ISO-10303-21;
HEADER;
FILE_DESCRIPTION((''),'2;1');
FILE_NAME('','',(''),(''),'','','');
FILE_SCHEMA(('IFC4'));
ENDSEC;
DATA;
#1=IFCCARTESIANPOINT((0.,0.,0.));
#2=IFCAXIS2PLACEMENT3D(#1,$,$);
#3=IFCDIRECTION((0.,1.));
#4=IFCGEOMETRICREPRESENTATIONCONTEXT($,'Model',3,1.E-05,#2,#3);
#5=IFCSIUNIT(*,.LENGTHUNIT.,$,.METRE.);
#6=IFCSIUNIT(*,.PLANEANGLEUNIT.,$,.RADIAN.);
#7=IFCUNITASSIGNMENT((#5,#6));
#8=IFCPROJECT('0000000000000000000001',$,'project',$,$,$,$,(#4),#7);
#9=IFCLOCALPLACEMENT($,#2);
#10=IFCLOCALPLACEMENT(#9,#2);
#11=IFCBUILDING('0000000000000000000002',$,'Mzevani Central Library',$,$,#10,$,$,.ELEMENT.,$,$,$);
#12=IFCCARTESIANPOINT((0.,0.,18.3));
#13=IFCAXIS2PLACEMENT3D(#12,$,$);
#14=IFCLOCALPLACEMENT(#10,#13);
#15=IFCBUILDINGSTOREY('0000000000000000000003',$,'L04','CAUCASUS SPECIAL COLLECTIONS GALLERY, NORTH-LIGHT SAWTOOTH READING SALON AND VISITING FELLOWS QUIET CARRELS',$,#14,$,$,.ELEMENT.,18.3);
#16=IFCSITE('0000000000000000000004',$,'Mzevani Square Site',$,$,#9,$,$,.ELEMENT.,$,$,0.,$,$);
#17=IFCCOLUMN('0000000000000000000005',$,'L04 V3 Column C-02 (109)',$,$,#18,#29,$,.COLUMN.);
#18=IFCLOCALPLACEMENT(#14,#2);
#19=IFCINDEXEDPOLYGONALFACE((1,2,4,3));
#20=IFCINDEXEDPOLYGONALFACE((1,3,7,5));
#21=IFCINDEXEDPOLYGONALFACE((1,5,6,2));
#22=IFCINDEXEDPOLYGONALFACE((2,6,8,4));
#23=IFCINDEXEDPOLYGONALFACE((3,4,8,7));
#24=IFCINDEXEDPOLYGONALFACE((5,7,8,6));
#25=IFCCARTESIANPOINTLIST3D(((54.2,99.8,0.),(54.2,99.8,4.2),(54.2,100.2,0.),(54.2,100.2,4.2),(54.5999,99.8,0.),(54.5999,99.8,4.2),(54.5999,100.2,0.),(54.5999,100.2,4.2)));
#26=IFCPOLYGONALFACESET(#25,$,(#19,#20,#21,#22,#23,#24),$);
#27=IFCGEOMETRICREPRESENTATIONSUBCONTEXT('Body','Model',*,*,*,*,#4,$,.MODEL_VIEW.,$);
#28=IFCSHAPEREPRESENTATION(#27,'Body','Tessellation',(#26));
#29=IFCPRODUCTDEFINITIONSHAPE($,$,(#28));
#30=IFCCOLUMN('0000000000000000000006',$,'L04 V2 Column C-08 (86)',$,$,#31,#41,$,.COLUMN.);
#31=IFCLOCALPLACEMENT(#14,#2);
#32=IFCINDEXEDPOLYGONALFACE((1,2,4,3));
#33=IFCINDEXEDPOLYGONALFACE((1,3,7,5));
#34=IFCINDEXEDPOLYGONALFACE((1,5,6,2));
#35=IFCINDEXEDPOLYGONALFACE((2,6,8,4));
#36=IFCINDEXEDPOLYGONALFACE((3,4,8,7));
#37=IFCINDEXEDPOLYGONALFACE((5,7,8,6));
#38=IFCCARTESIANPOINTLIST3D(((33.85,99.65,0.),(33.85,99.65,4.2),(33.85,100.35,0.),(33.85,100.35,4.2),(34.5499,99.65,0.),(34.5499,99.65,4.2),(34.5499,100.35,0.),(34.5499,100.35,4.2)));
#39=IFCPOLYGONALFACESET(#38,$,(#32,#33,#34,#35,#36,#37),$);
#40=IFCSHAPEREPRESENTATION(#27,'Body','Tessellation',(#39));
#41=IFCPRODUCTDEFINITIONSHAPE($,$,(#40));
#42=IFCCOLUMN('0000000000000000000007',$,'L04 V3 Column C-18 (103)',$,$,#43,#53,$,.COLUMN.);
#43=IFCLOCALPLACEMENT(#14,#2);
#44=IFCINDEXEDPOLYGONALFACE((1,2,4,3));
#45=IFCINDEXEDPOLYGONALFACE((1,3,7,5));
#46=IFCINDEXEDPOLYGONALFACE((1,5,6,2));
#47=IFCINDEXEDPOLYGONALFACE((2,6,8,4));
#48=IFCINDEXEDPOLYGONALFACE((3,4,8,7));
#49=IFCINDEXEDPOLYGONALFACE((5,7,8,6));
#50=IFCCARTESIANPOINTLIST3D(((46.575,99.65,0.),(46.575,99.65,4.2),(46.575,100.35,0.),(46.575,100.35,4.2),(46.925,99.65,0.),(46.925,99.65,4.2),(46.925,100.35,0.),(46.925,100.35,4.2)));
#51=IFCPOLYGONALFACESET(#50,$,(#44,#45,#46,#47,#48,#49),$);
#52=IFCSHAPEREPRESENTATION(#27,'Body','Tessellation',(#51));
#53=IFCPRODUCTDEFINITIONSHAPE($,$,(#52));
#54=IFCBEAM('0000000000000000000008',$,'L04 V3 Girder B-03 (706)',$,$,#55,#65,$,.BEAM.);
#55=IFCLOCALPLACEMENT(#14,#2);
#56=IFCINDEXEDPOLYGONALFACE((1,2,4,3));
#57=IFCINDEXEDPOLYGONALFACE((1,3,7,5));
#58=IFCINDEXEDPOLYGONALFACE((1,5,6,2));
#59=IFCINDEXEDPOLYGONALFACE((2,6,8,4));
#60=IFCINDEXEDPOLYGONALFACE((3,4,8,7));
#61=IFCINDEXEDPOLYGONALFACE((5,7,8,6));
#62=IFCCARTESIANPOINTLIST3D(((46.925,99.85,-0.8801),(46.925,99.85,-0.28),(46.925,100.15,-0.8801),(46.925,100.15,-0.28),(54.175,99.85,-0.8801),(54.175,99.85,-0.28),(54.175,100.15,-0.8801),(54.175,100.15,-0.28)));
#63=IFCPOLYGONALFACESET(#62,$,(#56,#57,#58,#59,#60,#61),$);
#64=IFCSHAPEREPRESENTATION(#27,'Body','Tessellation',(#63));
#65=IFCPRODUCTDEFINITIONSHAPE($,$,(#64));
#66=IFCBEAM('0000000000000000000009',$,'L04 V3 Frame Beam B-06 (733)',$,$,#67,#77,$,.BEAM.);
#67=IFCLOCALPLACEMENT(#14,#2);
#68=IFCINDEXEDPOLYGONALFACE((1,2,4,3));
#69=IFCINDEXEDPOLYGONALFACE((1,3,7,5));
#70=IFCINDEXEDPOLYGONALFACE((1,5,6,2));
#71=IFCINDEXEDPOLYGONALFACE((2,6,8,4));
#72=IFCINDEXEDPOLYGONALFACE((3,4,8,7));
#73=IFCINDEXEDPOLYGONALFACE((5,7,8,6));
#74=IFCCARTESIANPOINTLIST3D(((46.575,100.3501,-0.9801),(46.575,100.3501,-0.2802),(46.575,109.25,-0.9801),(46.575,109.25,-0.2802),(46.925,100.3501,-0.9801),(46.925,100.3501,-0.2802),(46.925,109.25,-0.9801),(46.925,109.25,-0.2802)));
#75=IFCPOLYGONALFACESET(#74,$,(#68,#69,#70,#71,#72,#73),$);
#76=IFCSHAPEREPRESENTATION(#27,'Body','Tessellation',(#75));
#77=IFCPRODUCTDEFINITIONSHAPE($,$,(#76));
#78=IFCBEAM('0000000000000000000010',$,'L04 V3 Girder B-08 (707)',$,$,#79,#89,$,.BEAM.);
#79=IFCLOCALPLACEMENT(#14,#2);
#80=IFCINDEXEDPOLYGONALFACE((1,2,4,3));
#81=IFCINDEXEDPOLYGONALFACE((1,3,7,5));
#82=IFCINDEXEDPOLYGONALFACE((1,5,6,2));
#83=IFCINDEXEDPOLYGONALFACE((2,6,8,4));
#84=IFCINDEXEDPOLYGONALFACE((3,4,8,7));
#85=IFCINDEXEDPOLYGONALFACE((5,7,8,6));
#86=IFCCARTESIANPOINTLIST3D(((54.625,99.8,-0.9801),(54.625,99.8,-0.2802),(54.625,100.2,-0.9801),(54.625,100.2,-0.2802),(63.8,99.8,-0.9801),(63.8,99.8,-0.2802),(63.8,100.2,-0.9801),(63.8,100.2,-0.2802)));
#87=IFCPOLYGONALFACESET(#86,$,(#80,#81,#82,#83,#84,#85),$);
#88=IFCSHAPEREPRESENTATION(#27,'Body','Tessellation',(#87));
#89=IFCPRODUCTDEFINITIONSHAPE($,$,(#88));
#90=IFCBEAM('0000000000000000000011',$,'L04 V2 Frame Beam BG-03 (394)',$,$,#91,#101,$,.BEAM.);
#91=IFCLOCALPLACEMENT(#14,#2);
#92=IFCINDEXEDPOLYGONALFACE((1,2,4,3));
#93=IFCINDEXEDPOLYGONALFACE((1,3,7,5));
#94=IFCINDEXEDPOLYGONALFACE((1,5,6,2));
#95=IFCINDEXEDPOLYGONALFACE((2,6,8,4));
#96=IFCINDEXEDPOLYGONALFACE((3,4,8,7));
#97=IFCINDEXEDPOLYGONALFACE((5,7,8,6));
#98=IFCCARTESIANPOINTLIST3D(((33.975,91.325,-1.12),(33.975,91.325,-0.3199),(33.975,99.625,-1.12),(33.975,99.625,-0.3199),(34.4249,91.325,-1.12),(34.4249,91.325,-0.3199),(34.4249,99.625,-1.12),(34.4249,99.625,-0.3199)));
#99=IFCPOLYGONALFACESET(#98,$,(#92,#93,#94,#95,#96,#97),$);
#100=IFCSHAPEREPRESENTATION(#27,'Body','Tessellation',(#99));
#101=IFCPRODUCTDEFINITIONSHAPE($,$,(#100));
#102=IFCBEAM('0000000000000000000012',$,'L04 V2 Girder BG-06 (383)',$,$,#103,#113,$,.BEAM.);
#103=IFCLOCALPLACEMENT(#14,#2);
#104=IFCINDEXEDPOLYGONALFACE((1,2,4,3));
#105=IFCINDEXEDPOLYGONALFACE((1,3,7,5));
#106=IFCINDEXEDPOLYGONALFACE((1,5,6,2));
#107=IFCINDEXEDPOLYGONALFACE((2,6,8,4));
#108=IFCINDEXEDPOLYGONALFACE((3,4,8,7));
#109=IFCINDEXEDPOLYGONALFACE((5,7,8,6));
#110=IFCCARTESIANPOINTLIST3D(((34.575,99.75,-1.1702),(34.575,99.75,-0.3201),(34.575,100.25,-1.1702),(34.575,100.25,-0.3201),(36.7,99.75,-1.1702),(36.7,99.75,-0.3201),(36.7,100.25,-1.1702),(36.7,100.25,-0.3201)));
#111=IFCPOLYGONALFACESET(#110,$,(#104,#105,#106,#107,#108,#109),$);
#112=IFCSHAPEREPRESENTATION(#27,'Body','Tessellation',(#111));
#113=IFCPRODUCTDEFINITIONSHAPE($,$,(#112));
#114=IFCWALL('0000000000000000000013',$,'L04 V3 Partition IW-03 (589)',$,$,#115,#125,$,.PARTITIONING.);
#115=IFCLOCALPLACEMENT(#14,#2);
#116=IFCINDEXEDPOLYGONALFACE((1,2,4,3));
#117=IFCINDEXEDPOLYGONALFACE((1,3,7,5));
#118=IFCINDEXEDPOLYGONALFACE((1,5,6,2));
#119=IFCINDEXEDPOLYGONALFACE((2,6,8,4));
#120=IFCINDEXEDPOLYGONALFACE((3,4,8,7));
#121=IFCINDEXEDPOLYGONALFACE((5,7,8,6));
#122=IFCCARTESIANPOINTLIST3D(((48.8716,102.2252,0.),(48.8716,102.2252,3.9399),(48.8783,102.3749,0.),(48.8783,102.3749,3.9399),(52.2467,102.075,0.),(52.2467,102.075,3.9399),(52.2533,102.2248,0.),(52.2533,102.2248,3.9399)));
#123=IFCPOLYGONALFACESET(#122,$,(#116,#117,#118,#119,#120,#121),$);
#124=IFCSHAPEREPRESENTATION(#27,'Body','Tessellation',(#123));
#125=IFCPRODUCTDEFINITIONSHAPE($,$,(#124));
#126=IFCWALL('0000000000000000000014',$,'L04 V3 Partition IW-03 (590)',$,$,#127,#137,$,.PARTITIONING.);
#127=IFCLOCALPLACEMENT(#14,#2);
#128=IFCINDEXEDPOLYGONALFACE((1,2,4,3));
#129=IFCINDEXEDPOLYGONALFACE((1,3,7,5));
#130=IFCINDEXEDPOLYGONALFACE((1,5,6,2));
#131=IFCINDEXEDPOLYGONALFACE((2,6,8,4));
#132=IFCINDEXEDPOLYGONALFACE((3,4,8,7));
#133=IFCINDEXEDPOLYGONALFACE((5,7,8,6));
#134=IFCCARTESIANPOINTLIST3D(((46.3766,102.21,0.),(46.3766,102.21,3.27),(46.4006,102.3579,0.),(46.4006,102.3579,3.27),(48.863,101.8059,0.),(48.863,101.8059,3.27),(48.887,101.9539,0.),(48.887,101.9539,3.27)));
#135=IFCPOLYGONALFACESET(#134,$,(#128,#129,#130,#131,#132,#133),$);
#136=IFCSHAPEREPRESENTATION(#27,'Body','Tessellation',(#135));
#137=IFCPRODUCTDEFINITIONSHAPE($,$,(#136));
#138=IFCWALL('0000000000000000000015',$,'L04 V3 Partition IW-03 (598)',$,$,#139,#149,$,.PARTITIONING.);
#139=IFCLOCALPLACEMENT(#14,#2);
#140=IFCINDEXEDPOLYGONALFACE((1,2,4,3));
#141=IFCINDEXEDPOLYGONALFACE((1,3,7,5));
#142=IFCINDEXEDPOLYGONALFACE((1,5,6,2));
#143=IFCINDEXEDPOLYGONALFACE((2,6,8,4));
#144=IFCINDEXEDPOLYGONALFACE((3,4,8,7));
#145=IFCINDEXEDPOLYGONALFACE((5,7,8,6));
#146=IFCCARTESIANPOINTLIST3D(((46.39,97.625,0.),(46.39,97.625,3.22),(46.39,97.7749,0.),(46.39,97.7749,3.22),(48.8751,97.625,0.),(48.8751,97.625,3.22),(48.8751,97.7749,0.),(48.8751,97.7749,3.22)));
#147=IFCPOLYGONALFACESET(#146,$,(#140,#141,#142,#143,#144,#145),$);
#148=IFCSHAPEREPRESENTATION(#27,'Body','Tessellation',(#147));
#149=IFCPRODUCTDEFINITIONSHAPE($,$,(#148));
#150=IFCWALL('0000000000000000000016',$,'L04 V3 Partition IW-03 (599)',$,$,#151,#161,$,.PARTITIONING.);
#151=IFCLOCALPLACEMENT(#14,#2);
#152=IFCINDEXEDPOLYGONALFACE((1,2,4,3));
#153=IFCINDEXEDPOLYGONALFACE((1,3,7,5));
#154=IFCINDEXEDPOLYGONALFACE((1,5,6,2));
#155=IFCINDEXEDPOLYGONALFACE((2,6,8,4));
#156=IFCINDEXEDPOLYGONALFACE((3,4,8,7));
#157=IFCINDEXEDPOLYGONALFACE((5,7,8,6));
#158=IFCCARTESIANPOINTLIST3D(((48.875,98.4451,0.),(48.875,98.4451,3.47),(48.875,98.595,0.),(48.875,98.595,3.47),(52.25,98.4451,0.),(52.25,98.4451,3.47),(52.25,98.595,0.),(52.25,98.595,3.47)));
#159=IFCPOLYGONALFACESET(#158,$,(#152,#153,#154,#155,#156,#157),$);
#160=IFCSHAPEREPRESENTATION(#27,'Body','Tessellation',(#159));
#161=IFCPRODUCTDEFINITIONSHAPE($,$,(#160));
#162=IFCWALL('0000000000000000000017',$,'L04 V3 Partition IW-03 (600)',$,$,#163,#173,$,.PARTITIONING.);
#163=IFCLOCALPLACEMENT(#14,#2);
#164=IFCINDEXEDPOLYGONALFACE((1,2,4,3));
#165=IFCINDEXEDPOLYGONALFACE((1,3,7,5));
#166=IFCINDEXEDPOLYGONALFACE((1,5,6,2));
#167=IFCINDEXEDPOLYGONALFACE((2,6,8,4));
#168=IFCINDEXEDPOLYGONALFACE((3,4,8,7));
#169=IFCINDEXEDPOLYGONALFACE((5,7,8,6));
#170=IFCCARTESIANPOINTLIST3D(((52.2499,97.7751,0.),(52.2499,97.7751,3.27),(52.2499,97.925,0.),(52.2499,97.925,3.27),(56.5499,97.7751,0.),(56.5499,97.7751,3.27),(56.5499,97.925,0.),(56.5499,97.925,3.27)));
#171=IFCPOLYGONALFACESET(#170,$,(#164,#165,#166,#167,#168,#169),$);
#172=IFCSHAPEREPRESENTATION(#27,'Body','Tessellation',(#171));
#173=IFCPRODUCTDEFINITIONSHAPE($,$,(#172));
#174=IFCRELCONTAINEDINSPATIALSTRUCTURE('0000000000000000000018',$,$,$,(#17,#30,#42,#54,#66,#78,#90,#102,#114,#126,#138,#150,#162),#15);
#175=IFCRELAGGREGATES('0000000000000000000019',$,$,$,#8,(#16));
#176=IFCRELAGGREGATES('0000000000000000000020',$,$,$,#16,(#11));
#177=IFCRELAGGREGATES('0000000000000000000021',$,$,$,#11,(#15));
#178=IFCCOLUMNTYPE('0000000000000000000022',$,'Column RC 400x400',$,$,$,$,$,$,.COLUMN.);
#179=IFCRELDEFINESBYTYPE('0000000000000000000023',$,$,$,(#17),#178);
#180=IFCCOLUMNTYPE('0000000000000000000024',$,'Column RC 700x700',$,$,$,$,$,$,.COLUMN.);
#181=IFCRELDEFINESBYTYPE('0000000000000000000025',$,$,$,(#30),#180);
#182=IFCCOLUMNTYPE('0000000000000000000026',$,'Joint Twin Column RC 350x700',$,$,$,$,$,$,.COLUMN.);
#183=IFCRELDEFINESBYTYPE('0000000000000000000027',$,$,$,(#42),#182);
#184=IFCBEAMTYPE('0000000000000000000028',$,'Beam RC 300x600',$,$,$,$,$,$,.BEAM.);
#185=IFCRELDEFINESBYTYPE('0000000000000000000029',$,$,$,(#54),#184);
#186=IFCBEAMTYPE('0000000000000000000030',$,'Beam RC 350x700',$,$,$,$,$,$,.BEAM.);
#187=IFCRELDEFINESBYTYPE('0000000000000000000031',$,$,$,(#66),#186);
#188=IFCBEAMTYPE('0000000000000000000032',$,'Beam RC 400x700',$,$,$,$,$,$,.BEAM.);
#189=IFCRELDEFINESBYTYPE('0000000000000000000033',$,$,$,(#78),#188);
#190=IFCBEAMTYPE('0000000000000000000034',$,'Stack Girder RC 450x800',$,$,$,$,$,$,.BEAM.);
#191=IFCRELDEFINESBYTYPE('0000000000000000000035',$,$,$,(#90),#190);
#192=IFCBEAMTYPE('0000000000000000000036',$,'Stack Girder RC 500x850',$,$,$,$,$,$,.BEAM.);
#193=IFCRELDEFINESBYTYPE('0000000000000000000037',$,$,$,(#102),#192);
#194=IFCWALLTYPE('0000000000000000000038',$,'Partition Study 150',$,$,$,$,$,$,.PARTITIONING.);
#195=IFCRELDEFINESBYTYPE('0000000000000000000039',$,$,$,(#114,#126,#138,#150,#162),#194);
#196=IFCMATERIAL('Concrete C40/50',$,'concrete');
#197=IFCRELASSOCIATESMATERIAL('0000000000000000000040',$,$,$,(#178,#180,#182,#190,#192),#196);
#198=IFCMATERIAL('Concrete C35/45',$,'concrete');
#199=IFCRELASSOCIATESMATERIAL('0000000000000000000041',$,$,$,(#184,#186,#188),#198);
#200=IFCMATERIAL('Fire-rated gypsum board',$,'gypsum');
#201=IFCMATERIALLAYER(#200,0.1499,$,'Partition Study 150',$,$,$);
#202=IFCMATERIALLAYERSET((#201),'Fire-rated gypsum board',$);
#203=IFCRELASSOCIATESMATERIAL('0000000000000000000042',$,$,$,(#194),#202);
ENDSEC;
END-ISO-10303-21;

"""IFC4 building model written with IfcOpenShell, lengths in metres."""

from ifc_helpers import new_model, si_unit, direction, frame, frame_2d, origin, origin_2d, place, context, subcontext, project, spatial, rectangle, extrude, material, layer, layer_set, material_profile, profile_set, type_object, element, save


model = new_model("IFC4")

# Units and contexts
model_context = context("Model", 3, precision=1e-05, world=origin(), true_north=direction((0.0, 1.0)))
body_context = subcontext(model_context, "Body", "Model", "MODEL_VIEW")
ifc_project = project(units=[si_unit("LENGTHUNIT", "METRE"), si_unit("PLANEANGLEUNIT", "RADIAN")], contexts=[model_context])

# Site, building, storey
site_placement = place(None, origin())
site = spatial("IfcSite", under=ifc_project, at=site_placement, Name="Mzevani Square Site", CompositionType="ELEMENT", RefElevation=0.0)
building_placement = place(site_placement, origin())
building = spatial("IfcBuilding", under=site, at=building_placement, Name="Mzevani Central Library", CompositionType="ELEMENT")
storey_placement = place(building_placement, frame((0.0, 0.0, 18.3)))
storey = spatial("IfcBuildingStorey", under=building, at=storey_placement, Name="L04", Description="CAUCASUS SPECIAL COLLECTIONS GALLERY, NORTH-LIGHT SAWTOOTH READING SALON AND VISITING FELLOWS QUIET CARRELS", CompositionType="ELEMENT", Elevation=18.3)

# Columns
ifc_material_1 = material(Name="Concrete C40/50", Category="concrete")
ifc_material_profile_1 = material_profile(ifc_material_1, rectangle(XDim=0.3999, YDim=0.3999, at=origin_2d()), Name="RC 400x400")
ifc_profile_set_1 = profile_set([ifc_material_profile_1], Name="Concrete C40/50")
column_type_1 = type_object("IfcColumnType", Name="Column RC 400x400", PredefinedType="COLUMN", material=ifc_profile_set_1)
column_1_placement = place(storey_placement, frame((54.3999, 100.0, 0.0), z_axis=(0.0, 0.0, 1.0), x_axis=(1.0, 0.0, 0.0)))
element("IfcColumn", 1, at=column_1_placement, inside=storey, type_object=column_type_1, Name="L04 V3 Column C-02 (109)", PredefinedType="COLUMN", context=body_context, shape_type="SweptSolid", body=[
    extrude(rectangle(XDim=0.3999, YDim=0.3999, at=origin_2d()), origin(), (0.0, 0.0, 1.0), 4.2),
])
ifc_material_profile_2 = material_profile(ifc_material_1, rectangle(XDim=0.7, YDim=0.7, at=origin_2d()), Name="RC 700x700")
ifc_profile_set_2 = profile_set([ifc_material_profile_2], Name="Concrete C40/50")
column_type_2 = type_object("IfcColumnType", Name="Column RC 700x700", PredefinedType="COLUMN", material=ifc_profile_set_2)
column_2_placement = place(storey_placement, frame((34.2, 100.0, 0.0), z_axis=(0.0, 0.0, 1.0), x_axis=(1.0, 0.0, 0.0)))
element("IfcColumn", 2, at=column_2_placement, inside=storey, type_object=column_type_2, Name="L04 V2 Column C-08 (86)", PredefinedType="COLUMN", context=body_context, shape_type="SweptSolid", body=[
    extrude(rectangle(XDim=0.7, YDim=0.7, at=origin_2d()), origin(), (0.0, 0.0, 1.0), 4.2),
])
ifc_material_profile_3 = material_profile(ifc_material_1, rectangle(XDim=0.3501, YDim=0.7, at=origin_2d()), Name="RC 350x700")
ifc_profile_set_3 = profile_set([ifc_material_profile_3], Name="Concrete C40/50")
column_type_3 = type_object("IfcColumnType", Name="Joint Twin Column RC 350x700", PredefinedType="COLUMN", material=ifc_profile_set_3)
column_3_placement = place(storey_placement, frame((46.75, 100.0, 0.0), z_axis=(0.0, 0.0, 1.0), x_axis=(1.0, 0.0, 0.0)))
element("IfcColumn", 3, at=column_3_placement, inside=storey, type_object=column_type_3, Name="L04 V3 Column C-18 (103)", PredefinedType="COLUMN", context=body_context, shape_type="SweptSolid", body=[
    extrude(rectangle(XDim=0.3501, YDim=0.7, at=origin_2d()), origin(), (0.0, 0.0, 1.0), 4.2),
])

# Beams
ifc_material_2 = material(Name="Concrete C35/45", Category="concrete")
ifc_material_profile_4 = material_profile(ifc_material_2, rectangle(XDim=0.3, YDim=0.6001, at=origin_2d()), Name="RC B300x600")
ifc_profile_set_4 = profile_set([ifc_material_profile_4], Name="Concrete C35/45")
beam_type_1 = type_object("IfcBeamType", Name="Beam RC 300x600", PredefinedType="BEAM", material=ifc_profile_set_4)
beam_1_placement = place(storey_placement, frame((46.925, 100.0, -0.5801), z_axis=(1.0, 0.0, 0.0), x_axis=(0.0, 1.0, 0.0)))
element("IfcBeam", 4, at=beam_1_placement, inside=storey, type_object=beam_type_1, Name="L04 V3 Girder B-03 (706)", PredefinedType="BEAM", context=body_context, shape_type="SweptSolid", body=[
    extrude(rectangle(XDim=0.3, YDim=0.6001, at=origin_2d()), origin(), (0.0, 0.0, 1.0), 7.25),
])
ifc_material_profile_5 = material_profile(ifc_material_2, rectangle(XDim=0.3501, YDim=0.7, at=origin_2d()), Name="RC B350x700")
ifc_profile_set_5 = profile_set([ifc_material_profile_5], Name="Concrete C35/45")
beam_type_2 = type_object("IfcBeamType", Name="Beam RC 350x700", PredefinedType="BEAM", material=ifc_profile_set_5)
beam_2_placement = place(storey_placement, frame((46.75, 100.3501, -0.6301), z_axis=(0.0, 1.0, 0.0), x_axis=(-1.0, 0.0, 0.0)))
element("IfcBeam", 5, at=beam_2_placement, inside=storey, type_object=beam_type_2, Name="L04 V3 Frame Beam B-06 (733)", PredefinedType="BEAM", context=body_context, shape_type="SweptSolid", body=[
    extrude(rectangle(XDim=0.3501, YDim=0.7, at=origin_2d()), origin(), (0.0, 0.0, 1.0), 8.8999),
])
ifc_material_profile_6 = material_profile(ifc_material_2, rectangle(XDim=0.3999, YDim=0.7, at=origin_2d()), Name="RC B400x700")
ifc_profile_set_6 = profile_set([ifc_material_profile_6], Name="Concrete C35/45")
beam_type_3 = type_object("IfcBeamType", Name="Beam RC 400x700", PredefinedType="BEAM", material=ifc_profile_set_6)
beam_3_placement = place(storey_placement, frame((54.625, 100.0, -0.6301), z_axis=(1.0, 0.0, 0.0), x_axis=(0.0, 1.0, 0.0)))
element("IfcBeam", 6, at=beam_3_placement, inside=storey, type_object=beam_type_3, Name="L04 V3 Girder B-08 (707)", PredefinedType="BEAM", context=body_context, shape_type="SweptSolid", body=[
    extrude(rectangle(XDim=0.3999, YDim=0.7, at=origin_2d()), origin(), (0.0, 0.0, 1.0), 9.175),
])
ifc_material_profile_7 = material_profile(ifc_material_1, rectangle(XDim=0.45, YDim=0.8, at=origin_2d()), Name="RC B450x800")
ifc_profile_set_7 = profile_set([ifc_material_profile_7], Name="Concrete C40/50")
beam_type_4 = type_object("IfcBeamType", Name="Stack Girder RC 450x800", PredefinedType="BEAM", material=ifc_profile_set_7)
beam_4_placement = place(storey_placement, frame((34.2, 91.325, -0.72), z_axis=(0.0, 1.0, 0.0), x_axis=(-1.0, 0.0, 0.0)))
element("IfcBeam", 7, at=beam_4_placement, inside=storey, type_object=beam_type_4, Name="L04 V2 Frame Beam BG-03 (394)", PredefinedType="BEAM", context=body_context, shape_type="SweptSolid", body=[
    extrude(rectangle(XDim=0.45, YDim=0.8, at=origin_2d()), origin(), (0.0, 0.0, 1.0), 8.3),
])
ifc_material_profile_8 = material_profile(ifc_material_1, rectangle(XDim=0.5, YDim=0.8501, at=origin_2d()), Name="RC B500x850")
ifc_profile_set_8 = profile_set([ifc_material_profile_8], Name="Concrete C40/50")
beam_type_5 = type_object("IfcBeamType", Name="Stack Girder RC 500x850", PredefinedType="BEAM", material=ifc_profile_set_8)
beam_5_placement = place(storey_placement, frame((34.575, 100.0, -0.7451), z_axis=(1.0, 0.0, 0.0), x_axis=(0.0, 1.0, 0.0)))
element("IfcBeam", 8, at=beam_5_placement, inside=storey, type_object=beam_type_5, Name="L04 V2 Girder BG-06 (383)", PredefinedType="BEAM", context=body_context, shape_type="SweptSolid", body=[
    extrude(rectangle(XDim=0.5, YDim=0.8501, at=origin_2d()), origin(), (0.0, 0.0, 1.0), 2.125),
])

# Walls
ifc_material_3 = material(Name="Fire-rated gypsum board", Category="gypsum")
ifc_layer_1 = layer(ifc_material_3, 0.1499, Name="Partition Study 150")
ifc_layer_set_1 = layer_set([ifc_layer_1], Name="Fire-rated gypsum board")
wall_type = type_object("IfcWallType", Name="Partition Study 150", PredefinedType="PARTITIONING", material=ifc_layer_set_1)
wall_1_placement = place(storey_placement, frame((52.25, 102.1499, 0.0), z_axis=(0.0, 0.0, 1.0), x_axis=(-0.999012, 0.044444, 0.0)))
element("IfcWall", 9, at=wall_1_placement, inside=storey, type_object=wall_type, Name="L04 V3 Partition IW-03 (589)", PredefinedType="PARTITIONING", context=body_context, shape_type="SweptSolid", body=[
    extrude(rectangle(XDim=3.3784, YDim=0.1499, at=frame_2d((1.6892, 0.0))), origin(), (0.0, 0.0, 1.0), 3.9399),
])
wall_2_placement = place(storey_placement, frame((48.875, 101.8799, 0.0), z_axis=(0.0, 0.0, 1.0), x_axis=(-0.987051, 0.160406, 0.0)))
element("IfcWall", 10, at=wall_2_placement, inside=storey, type_object=wall_type, Name="L04 V3 Partition IW-03 (590)", PredefinedType="PARTITIONING", context=body_context, shape_type="SweptSolid", body=[
    extrude(rectangle(XDim=2.519, YDim=0.1499, at=frame_2d((1.2595, 0.0))), origin(), (0.0, 0.0, 1.0), 3.27),
])
wall_3_placement = place(storey_placement, frame((46.3899, 97.7, 0.0), z_axis=(0.0, 0.0, 1.0), x_axis=(1.0, 0.0, 0.0)))
element("IfcWall", 11, at=wall_3_placement, inside=storey, type_object=wall_type, Name="L04 V3 Partition IW-03 (598)", PredefinedType="PARTITIONING", context=body_context, shape_type="SweptSolid", body=[
    extrude(rectangle(XDim=2.4851, YDim=0.1499, at=frame_2d((1.2427, 0.0))), origin(), (0.0, 0.0, 1.0), 3.22),
])
wall_4_placement = place(storey_placement, frame((48.875, 98.52, 0.0), z_axis=(0.0, 0.0, 1.0), x_axis=(1.0, 0.0, 0.0)))
element("IfcWall", 12, at=wall_4_placement, inside=storey, type_object=wall_type, Name="L04 V3 Partition IW-03 (599)", PredefinedType="PARTITIONING", context=body_context, shape_type="SweptSolid", body=[
    extrude(rectangle(XDim=3.375, YDim=0.1499, at=frame_2d((1.6875, 0.0))), origin(), (0.0, 0.0, 1.0), 3.47),
])
wall_5_placement = place(storey_placement, frame((52.25, 97.8501, 0.0), z_axis=(0.0, 0.0, 1.0), x_axis=(1.0, 0.0, 0.0)))
element("IfcWall", 13, at=wall_5_placement, inside=storey, type_object=wall_type, Name="L04 V3 Partition IW-03 (600)", PredefinedType="PARTITIONING", context=body_context, shape_type="SweptSolid", body=[
    extrude(rectangle(XDim=4.3, YDim=0.1499, at=frame_2d((2.1499, 0.0))), origin(), (0.0, 0.0, 1.0), 3.27),
])

save(model, "model.ifc")
